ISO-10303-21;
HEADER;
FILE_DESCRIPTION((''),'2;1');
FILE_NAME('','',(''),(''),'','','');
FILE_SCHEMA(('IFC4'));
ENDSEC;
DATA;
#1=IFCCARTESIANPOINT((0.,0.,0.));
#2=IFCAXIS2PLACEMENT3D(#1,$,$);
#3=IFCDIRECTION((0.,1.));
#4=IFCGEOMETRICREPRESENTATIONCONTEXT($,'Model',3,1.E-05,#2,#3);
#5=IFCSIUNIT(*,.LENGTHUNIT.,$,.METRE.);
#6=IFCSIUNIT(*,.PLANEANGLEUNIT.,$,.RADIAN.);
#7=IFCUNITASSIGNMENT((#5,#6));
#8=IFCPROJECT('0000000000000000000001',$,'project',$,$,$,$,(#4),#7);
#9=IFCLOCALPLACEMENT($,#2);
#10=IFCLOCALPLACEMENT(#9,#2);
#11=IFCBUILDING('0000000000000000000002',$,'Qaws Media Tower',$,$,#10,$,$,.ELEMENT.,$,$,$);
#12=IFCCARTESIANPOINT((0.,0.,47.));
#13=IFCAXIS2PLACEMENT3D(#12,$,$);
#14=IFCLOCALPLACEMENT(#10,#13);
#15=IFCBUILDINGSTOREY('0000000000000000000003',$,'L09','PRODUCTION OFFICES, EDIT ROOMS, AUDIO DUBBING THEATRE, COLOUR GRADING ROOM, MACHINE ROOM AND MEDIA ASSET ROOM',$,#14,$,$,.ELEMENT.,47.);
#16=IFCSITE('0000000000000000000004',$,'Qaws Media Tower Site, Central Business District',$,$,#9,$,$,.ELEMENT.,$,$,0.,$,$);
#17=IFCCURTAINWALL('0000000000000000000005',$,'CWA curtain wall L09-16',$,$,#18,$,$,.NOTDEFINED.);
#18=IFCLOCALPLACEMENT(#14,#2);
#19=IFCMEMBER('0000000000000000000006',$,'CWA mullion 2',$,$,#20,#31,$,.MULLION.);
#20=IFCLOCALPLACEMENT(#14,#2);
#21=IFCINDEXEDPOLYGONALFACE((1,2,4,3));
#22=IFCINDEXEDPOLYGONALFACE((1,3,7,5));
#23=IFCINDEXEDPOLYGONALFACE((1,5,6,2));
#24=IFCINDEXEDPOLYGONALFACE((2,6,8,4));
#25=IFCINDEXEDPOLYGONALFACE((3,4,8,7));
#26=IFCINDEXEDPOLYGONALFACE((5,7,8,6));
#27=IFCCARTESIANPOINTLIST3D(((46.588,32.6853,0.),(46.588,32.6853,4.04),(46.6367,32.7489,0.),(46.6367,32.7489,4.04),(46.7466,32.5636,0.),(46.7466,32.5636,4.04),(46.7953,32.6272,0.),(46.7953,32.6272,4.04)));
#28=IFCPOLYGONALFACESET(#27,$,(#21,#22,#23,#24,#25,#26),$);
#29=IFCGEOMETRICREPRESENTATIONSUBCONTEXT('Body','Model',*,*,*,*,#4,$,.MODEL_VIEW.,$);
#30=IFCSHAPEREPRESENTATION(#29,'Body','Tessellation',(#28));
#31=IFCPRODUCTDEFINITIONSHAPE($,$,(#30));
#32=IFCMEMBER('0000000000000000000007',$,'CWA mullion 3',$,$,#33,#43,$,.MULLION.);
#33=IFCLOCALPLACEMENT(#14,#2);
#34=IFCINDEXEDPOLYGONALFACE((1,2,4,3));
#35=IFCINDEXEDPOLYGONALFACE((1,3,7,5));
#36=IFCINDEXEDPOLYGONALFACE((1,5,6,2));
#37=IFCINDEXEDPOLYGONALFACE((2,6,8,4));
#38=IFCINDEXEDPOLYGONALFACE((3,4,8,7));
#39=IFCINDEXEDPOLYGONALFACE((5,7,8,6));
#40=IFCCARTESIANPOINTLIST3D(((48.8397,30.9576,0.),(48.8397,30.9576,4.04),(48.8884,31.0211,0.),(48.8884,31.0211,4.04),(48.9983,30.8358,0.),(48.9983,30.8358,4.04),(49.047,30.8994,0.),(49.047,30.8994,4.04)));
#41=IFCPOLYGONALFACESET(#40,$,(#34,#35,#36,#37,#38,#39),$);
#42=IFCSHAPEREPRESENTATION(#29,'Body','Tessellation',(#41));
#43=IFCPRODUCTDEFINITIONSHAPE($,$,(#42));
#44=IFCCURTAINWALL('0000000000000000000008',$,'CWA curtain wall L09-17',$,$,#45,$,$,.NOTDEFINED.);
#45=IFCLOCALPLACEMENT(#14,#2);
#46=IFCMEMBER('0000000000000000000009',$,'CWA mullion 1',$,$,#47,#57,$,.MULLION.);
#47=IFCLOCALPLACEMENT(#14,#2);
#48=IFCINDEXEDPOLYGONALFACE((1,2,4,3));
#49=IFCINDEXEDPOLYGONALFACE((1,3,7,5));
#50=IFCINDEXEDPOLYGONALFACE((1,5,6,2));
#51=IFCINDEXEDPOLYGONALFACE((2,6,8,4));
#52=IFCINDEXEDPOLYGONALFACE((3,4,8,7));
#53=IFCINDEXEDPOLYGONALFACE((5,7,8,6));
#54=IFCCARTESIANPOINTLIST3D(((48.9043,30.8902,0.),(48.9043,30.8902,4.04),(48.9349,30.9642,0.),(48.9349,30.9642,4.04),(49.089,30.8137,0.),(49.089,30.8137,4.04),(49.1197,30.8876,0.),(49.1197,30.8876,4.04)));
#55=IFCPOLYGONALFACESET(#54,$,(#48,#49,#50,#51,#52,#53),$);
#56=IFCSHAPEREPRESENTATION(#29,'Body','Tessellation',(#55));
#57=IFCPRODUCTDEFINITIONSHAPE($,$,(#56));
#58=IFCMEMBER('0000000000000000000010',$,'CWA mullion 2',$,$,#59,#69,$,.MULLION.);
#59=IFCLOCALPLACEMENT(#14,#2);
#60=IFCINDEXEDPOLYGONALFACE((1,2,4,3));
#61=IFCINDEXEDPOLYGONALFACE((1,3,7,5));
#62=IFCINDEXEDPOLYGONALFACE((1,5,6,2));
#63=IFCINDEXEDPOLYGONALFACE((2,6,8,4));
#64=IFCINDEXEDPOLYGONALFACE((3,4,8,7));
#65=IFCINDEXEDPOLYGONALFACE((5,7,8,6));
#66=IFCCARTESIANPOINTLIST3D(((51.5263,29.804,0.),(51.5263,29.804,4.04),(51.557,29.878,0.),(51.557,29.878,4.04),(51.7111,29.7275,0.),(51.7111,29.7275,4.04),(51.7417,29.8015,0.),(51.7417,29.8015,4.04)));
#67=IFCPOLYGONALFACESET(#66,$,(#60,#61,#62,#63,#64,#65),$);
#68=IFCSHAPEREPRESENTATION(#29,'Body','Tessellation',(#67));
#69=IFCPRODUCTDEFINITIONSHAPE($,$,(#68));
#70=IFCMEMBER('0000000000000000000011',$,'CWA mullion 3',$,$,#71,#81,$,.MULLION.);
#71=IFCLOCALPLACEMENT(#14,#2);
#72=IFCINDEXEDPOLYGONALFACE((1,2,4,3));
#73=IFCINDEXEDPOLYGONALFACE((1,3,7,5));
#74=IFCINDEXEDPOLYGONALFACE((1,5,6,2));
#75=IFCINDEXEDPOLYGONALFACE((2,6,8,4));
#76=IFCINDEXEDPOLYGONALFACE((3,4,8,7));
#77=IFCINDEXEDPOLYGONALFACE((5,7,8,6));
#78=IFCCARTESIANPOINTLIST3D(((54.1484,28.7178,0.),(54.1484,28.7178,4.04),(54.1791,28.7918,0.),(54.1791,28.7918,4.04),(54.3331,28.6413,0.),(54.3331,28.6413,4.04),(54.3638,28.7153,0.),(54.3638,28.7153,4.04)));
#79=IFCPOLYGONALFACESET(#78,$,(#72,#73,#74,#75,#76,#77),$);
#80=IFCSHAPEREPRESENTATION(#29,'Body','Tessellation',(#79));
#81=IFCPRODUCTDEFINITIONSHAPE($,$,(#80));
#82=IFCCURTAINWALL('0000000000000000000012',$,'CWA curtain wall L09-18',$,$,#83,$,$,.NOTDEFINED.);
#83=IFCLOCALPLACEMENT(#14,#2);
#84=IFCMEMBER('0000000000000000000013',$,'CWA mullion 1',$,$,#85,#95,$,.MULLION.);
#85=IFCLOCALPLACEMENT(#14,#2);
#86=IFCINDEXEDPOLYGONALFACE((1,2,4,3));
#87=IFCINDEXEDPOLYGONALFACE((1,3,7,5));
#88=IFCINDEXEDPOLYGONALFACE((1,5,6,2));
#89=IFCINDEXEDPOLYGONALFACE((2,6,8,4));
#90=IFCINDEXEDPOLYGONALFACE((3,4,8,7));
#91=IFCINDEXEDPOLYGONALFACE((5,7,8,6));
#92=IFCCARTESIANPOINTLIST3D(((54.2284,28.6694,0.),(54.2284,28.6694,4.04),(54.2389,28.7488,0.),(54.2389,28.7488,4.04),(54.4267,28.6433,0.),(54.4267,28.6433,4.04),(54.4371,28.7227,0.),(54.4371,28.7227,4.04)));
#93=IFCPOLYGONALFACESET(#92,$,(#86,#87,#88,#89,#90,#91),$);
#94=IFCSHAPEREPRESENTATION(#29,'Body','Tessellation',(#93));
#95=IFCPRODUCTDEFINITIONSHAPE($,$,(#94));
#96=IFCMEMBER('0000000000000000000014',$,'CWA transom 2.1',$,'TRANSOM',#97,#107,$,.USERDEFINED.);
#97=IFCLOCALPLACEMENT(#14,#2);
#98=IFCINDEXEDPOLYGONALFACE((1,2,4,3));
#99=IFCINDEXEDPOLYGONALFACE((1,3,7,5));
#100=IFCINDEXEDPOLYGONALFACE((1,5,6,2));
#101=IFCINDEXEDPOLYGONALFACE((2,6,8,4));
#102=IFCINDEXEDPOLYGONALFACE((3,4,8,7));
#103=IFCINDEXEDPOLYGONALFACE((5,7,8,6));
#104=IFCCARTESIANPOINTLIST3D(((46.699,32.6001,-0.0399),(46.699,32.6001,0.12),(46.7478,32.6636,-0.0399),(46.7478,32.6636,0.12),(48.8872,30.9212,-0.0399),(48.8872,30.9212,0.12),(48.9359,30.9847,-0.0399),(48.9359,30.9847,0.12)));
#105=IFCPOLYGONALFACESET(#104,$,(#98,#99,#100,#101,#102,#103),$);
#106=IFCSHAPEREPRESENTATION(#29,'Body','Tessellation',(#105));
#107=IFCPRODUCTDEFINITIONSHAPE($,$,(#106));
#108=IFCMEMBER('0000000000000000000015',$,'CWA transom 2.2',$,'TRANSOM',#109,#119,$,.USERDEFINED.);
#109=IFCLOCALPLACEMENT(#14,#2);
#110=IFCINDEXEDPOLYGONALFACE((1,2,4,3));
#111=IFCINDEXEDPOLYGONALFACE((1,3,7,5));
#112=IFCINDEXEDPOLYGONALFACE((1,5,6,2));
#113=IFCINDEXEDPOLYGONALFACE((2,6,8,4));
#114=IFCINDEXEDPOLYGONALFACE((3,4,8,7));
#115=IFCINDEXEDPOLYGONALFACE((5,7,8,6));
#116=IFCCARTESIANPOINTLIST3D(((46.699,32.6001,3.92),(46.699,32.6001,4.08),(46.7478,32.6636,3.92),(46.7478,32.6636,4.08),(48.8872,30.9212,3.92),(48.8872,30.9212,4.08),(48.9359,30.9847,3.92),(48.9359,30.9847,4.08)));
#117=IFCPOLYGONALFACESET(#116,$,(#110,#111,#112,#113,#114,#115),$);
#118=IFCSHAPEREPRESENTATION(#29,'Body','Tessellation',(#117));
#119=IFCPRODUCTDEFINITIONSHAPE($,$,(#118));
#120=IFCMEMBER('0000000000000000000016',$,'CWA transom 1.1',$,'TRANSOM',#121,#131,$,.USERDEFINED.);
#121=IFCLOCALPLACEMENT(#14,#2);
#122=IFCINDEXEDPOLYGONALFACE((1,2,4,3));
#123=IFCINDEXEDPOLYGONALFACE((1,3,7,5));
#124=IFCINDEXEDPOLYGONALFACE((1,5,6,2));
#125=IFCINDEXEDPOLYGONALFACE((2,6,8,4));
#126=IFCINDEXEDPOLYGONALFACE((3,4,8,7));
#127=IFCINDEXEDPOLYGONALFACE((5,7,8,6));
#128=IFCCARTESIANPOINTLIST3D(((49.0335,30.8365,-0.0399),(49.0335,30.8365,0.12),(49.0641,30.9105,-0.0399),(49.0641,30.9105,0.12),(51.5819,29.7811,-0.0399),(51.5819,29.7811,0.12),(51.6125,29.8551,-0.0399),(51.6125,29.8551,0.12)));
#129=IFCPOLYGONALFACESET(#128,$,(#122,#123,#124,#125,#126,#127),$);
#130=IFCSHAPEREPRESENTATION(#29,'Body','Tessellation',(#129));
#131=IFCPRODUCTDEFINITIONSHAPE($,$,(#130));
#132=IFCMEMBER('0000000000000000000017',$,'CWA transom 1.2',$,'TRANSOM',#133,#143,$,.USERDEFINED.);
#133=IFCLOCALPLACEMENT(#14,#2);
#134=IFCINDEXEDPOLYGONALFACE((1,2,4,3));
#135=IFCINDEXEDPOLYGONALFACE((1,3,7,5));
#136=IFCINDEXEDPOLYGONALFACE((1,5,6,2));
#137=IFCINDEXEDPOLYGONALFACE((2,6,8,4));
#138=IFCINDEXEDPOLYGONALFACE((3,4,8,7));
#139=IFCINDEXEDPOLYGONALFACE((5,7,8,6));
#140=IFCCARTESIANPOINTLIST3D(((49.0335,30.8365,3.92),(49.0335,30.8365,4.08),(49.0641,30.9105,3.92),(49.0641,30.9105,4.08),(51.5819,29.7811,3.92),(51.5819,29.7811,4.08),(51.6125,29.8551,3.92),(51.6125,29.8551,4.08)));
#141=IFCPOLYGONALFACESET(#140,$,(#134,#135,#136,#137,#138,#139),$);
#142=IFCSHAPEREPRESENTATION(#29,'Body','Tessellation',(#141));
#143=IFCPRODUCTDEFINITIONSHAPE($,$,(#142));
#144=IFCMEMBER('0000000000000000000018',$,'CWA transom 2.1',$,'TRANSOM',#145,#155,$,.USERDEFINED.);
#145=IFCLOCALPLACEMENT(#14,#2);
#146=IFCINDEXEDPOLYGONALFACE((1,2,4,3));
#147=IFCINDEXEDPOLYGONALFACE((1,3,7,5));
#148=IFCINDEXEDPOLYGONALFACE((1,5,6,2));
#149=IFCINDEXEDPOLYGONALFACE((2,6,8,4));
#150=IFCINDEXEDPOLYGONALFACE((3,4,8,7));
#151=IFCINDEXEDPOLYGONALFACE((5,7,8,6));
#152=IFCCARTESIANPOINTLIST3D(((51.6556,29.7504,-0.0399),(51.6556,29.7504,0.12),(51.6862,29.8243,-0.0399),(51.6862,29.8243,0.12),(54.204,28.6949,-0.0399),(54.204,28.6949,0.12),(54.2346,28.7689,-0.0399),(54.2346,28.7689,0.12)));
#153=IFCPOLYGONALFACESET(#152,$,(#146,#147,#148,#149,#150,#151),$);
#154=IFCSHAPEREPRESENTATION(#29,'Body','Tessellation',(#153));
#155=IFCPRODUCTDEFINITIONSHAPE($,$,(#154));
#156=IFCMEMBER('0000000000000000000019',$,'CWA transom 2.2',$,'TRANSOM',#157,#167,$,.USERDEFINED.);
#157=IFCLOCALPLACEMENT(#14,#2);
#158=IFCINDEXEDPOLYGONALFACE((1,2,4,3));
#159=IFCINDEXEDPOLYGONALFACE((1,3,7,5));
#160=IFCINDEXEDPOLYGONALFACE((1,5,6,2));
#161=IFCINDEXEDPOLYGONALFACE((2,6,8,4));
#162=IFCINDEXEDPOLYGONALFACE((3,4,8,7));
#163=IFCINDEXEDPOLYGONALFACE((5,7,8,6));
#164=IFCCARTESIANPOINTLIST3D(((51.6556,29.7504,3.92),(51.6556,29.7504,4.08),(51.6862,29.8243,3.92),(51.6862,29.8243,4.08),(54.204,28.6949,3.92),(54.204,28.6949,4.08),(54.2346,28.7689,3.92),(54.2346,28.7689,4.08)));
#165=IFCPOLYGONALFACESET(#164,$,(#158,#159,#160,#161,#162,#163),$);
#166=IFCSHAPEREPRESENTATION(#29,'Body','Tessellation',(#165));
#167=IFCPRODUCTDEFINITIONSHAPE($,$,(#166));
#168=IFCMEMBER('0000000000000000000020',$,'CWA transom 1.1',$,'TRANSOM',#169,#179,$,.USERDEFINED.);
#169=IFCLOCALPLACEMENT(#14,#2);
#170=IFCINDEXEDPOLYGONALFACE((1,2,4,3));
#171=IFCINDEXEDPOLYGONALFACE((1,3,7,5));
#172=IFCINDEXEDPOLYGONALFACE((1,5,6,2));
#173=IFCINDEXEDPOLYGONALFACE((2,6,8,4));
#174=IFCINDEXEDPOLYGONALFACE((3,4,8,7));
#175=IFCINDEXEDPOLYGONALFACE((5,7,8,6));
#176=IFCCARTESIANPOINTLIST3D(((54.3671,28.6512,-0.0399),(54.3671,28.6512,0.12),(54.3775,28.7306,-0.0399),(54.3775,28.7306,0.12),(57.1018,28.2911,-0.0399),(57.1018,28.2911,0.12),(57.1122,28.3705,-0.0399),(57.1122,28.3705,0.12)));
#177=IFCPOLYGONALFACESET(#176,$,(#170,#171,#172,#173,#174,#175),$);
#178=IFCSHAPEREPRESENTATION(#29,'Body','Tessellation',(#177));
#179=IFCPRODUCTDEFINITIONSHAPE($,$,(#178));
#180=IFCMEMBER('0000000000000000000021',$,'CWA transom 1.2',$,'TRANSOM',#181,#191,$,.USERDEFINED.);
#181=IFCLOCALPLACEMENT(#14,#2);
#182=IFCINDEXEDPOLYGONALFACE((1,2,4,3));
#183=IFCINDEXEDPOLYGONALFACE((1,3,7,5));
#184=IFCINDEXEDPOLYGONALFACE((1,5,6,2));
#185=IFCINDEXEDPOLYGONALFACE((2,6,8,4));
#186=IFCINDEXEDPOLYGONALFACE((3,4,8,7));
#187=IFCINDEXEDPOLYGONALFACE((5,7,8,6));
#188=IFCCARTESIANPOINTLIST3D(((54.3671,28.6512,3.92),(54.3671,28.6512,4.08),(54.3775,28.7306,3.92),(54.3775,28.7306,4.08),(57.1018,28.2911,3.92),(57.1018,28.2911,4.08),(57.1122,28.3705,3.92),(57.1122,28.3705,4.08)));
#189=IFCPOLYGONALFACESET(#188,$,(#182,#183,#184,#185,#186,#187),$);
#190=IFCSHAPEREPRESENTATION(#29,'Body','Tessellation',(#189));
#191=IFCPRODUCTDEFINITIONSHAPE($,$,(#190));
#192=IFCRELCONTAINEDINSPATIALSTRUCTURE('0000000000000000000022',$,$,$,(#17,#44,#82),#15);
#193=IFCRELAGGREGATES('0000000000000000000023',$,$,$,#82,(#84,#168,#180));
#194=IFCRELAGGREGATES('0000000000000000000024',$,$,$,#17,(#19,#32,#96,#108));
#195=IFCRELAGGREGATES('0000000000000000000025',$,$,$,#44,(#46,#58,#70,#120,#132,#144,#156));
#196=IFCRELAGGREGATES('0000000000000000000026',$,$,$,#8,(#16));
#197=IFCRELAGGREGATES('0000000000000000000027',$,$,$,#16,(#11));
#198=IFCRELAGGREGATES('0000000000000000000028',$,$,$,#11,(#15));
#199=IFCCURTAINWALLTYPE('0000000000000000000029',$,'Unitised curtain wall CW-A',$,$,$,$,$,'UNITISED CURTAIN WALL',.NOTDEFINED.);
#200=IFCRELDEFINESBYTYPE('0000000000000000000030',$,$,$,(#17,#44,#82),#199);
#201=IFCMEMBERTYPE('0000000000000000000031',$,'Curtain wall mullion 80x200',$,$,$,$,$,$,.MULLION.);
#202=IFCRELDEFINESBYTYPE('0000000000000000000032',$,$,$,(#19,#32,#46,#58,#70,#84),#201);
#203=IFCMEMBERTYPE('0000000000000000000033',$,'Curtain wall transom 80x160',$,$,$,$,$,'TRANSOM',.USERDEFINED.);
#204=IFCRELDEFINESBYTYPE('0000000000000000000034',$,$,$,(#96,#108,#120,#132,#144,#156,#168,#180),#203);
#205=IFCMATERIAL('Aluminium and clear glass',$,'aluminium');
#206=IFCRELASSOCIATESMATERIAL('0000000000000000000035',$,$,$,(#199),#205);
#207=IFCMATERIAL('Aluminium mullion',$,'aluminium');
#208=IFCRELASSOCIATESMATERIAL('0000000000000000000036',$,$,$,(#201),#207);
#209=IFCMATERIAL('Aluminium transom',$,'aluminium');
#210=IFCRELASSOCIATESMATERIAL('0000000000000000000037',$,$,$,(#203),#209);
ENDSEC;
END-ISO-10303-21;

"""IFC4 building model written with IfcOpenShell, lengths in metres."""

from ifc_helpers import new_model, si_unit, direction, frame, origin, origin_2d, place, context, subcontext, project, spatial, rectangle, extrude, material, material_profile, profile_set, type_object, element, aggregate, save


model = new_model("IFC4")

# Units and contexts
model_context = context("Model", 3, precision=1e-05, world=origin(), true_north=direction((0.0, 1.0)))
body_context = subcontext(model_context, "Body", "Model", "MODEL_VIEW")
ifc_project = project(units=[si_unit("LENGTHUNIT", "METRE"), si_unit("PLANEANGLEUNIT", "RADIAN")], contexts=[model_context])

# Site, building, storey
site_placement = place(None, origin())
site = spatial("IfcSite", under=ifc_project, at=site_placement, Name="Qaws Media Tower Site, Central Business District", CompositionType="ELEMENT", RefElevation=0.0)
building_placement = place(site_placement, origin())
building = spatial("IfcBuilding", under=site, at=building_placement, Name="Qaws Media Tower", CompositionType="ELEMENT")
storey_placement = place(building_placement, frame((0.0, 0.0, 47.0)))
storey = spatial("IfcBuildingStorey", under=building, at=storey_placement, Name="L09", Description="PRODUCTION OFFICES, EDIT ROOMS, AUDIO DUBBING THEATRE, COLOUR GRADING ROOM, MACHINE ROOM AND MEDIA ASSET ROOM", CompositionType="ELEMENT", Elevation=47.0)

# Curtain walls, members
ifc_material_1 = material(Name="Aluminium and clear glass", Category="aluminium")
curtain_wall_type = type_object("IfcCurtainWallType", Name="Unitised curtain wall CW-A", ElementType="UNITISED CURTAIN WALL", PredefinedType="NOTDEFINED", material=ifc_material_1)
curtain_wall_1_placement = place(storey_placement, origin())
curtain_wall_1 = element("IfcCurtainWall", 1, at=curtain_wall_1_placement, inside=storey, type_object=curtain_wall_type, Name="CWA curtain wall L09-16", PredefinedType="NOTDEFINED")
ifc_material_2 = material(Name="Aluminium mullion", Category="aluminium")
ifc_material_profile_1 = material_profile(ifc_material_2, rectangle(XDim=0.0801, YDim=0.2, at=origin_2d()), Name="80x200")
ifc_profile_set_1 = profile_set([ifc_material_profile_1], Name="Aluminium mullion")
member_type_1 = type_object("IfcMemberType", Name="Curtain wall mullion 80x200", PredefinedType="MULLION", material=ifc_profile_set_1)
member_1_placement = place(storey_placement, frame((46.6917, 32.6562, 0.0), z_axis=(0.0, 0.0, 1.0), x_axis=(0.608761, 0.793353, 0.0)))
member_1 = element("IfcMember", 2, at=member_1_placement, type_object=member_type_1, Name="CWA mullion 2", PredefinedType="MULLION", context=body_context, shape_type="SweptSolid", body=[
    extrude(rectangle(XDim=0.0801, YDim=0.2, at=origin_2d()), origin(), (0.0, 0.0, 1.0), 4.04),
])
member_2_placement = place(storey_placement, frame((48.9434, 30.9285, 0.0), z_axis=(0.0, 0.0, 1.0), x_axis=(0.608761, 0.793353, 0.0)))
member_2 = element("IfcMember", 3, at=member_2_placement, type_object=member_type_1, Name="CWA mullion 3", PredefinedType="MULLION", context=body_context, shape_type="SweptSolid", body=[
    extrude(rectangle(XDim=0.0801, YDim=0.2, at=origin_2d()), origin(), (0.0, 0.0, 1.0), 4.04),
])
curtain_wall_2_placement = place(storey_placement, origin())
curtain_wall_2 = element("IfcCurtainWall", 4, at=curtain_wall_2_placement, inside=storey, type_object=curtain_wall_type, Name="CWA curtain wall L09-17", PredefinedType="NOTDEFINED")
member_3_placement = place(storey_placement, frame((49.012, 30.8889, 0.0), z_axis=(0.0, 0.0, 1.0), x_axis=(0.382683, 0.92388, 0.0)))
member_3 = element("IfcMember", 5, at=member_3_placement, type_object=member_type_1, Name="CWA mullion 1", PredefinedType="MULLION", context=body_context, shape_type="SweptSolid", body=[
    extrude(rectangle(XDim=0.0801, YDim=0.2, at=origin_2d()), origin(), (0.0, 0.0, 1.0), 4.04),
])
member_4_placement = place(storey_placement, frame((51.634, 29.8027, 0.0), z_axis=(0.0, 0.0, 1.0), x_axis=(0.382683, 0.92388, 0.0)))
member_4 = element("IfcMember", 6, at=member_4_placement, type_object=member_type_1, Name="CWA mullion 2", PredefinedType="MULLION", context=body_context, shape_type="SweptSolid", body=[
    extrude(rectangle(XDim=0.0801, YDim=0.2, at=origin_2d()), origin(), (0.0, 0.0, 1.0), 4.04),
])
member_5_placement = place(storey_placement, frame((54.2561, 28.7166, 0.0), z_axis=(0.0, 0.0, 1.0), x_axis=(0.382683, 0.92388, 0.0)))
member_5 = element("IfcMember", 7, at=member_5_placement, type_object=member_type_1, Name="CWA mullion 3", PredefinedType="MULLION", context=body_context, shape_type="SweptSolid", body=[
    extrude(rectangle(XDim=0.0801, YDim=0.2, at=origin_2d()), origin(), (0.0, 0.0, 1.0), 4.04),
])

# Curtain wall, member
curtain_wall_3_placement = place(storey_placement, origin())
curtain_wall_3 = element("IfcCurtainWall", 8, at=curtain_wall_3_placement, inside=storey, type_object=curtain_wall_type, Name="CWA curtain wall L09-18", PredefinedType="NOTDEFINED")
member_6_placement = place(storey_placement, frame((54.3328, 28.696, 0.0), z_axis=(0.0, 0.0, 1.0), x_axis=(0.130526, 0.991445, 0.0)))
member_6 = element("IfcMember", 9, at=member_6_placement, type_object=member_type_1, Name="CWA mullion 1", PredefinedType="MULLION", context=body_context, shape_type="SweptSolid", body=[
    extrude(rectangle(XDim=0.0801, YDim=0.2, at=origin_2d()), origin(), (0.0, 0.0, 1.0), 4.04),
])

# Members
ifc_material_3 = material(Name="Aluminium transom", Category="aluminium")
ifc_material_profile_2 = material_profile(ifc_material_3, rectangle(XDim=0.0801, YDim=0.1599, at=origin_2d()), Name="80x160")
ifc_profile_set_2 = profile_set([ifc_material_profile_2], Name="Aluminium transom")
member_type_2 = type_object("IfcMemberType", Name="Curtain wall transom 80x160", ElementType="TRANSOM", PredefinedType="USERDEFINED", material=ifc_profile_set_2)
member_7_placement = place(storey_placement, frame((46.7234, 32.6318, 0.04), z_axis=(0.793377, -0.608731, 0.0), x_axis=(0.608731, 0.793377, 0.0)))
member_7 = element("IfcMember", 10, at=member_7_placement, type_object=member_type_2, Name="CWA transom 2.1", ObjectType="TRANSOM", PredefinedType="USERDEFINED", context=body_context, shape_type="SweptSolid", body=[
    extrude(rectangle(XDim=0.0801, YDim=0.1599, at=origin_2d()), origin(), (0.0, 0.0, 1.0), 2.7581),
])
member_8_placement = place(storey_placement, frame((46.7234, 32.6318, 4.0), z_axis=(0.793377, -0.608731, 0.0), x_axis=(0.608731, 0.793377, 0.0)))
member_8 = element("IfcMember", 11, at=member_8_placement, type_object=member_type_2, Name="CWA transom 2.2", ObjectType="TRANSOM", PredefinedType="USERDEFINED", context=body_context, shape_type="SweptSolid", body=[
    extrude(rectangle(XDim=0.0801, YDim=0.1599, at=origin_2d()), origin(), (0.0, 0.0, 1.0), 2.7581),
])
member_9_placement = place(storey_placement, frame((49.0488, 30.8735, 0.04), z_axis=(0.923897, -0.382641, 0.0), x_axis=(0.382641, 0.923897, 0.0)))
member_9 = element("IfcMember", 12, at=member_9_placement, type_object=member_type_2, Name="CWA transom 1.1", ObjectType="TRANSOM", PredefinedType="USERDEFINED", context=body_context, shape_type="SweptSolid", body=[
    extrude(rectangle(XDim=0.0801, YDim=0.1599, at=origin_2d()), origin(), (0.0, 0.0, 1.0), 2.7583),
])
member_10_placement = place(storey_placement, frame((49.0488, 30.8735, 4.0), z_axis=(0.923897, -0.382641, 0.0), x_axis=(0.382641, 0.923897, 0.0)))
member_10 = element("IfcMember", 13, at=member_10_placement, type_object=member_type_2, Name="CWA transom 1.2", ObjectType="TRANSOM", PredefinedType="USERDEFINED", context=body_context, shape_type="SweptSolid", body=[
    extrude(rectangle(XDim=0.0801, YDim=0.1599, at=origin_2d()), origin(), (0.0, 0.0, 1.0), 2.7583),
])
member_11_placement = place(storey_placement, frame((51.6709, 29.7874, 0.04), z_axis=(0.923897, -0.382641, 0.0), x_axis=(0.382641, 0.923897, 0.0)))
member_11 = element("IfcMember", 14, at=member_11_placement, type_object=member_type_2, Name="CWA transom 2.1", ObjectType="TRANSOM", PredefinedType="USERDEFINED", context=body_context, shape_type="SweptSolid", body=[
    extrude(rectangle(XDim=0.0801, YDim=0.1599, at=origin_2d()), origin(), (0.0, 0.0, 1.0), 2.7583),
])
member_12_placement = place(storey_placement, frame((51.6709, 29.7874, 4.0), z_axis=(0.923897, -0.382641, 0.0), x_axis=(0.382641, 0.923897, 0.0)))
member_12 = element("IfcMember", 15, at=member_12_placement, type_object=member_type_2, Name="CWA transom 2.2", ObjectType="TRANSOM", PredefinedType="USERDEFINED", context=body_context, shape_type="SweptSolid", body=[
    extrude(rectangle(XDim=0.0801, YDim=0.1599, at=origin_2d()), origin(), (0.0, 0.0, 1.0), 2.7583),
])
member_13_placement = place(storey_placement, frame((54.3723, 28.6909, 0.04), z_axis=(0.991441, -0.130558, 0.0), x_axis=(0.130558, 0.991441, 0.0)))
member_13 = element("IfcMember", 16, at=member_13_placement, type_object=member_type_2, Name="CWA transom 1.1", ObjectType="TRANSOM", PredefinedType="USERDEFINED", context=body_context, shape_type="SweptSolid", body=[
    extrude(rectangle(XDim=0.0801, YDim=0.1599, at=origin_2d()), origin(), (0.0, 0.0, 1.0), 2.7583),
])
member_14_placement = place(storey_placement, frame((54.3723, 28.6909, 4.0), z_axis=(0.991441, -0.130558, 0.0), x_axis=(0.130558, 0.991441, 0.0)))
member_14 = element("IfcMember", 17, at=member_14_placement, type_object=member_type_2, Name="CWA transom 1.2", ObjectType="TRANSOM", PredefinedType="USERDEFINED", context=body_context, shape_type="SweptSolid", body=[
    extrude(rectangle(XDim=0.0801, YDim=0.1599, at=origin_2d()), origin(), (0.0, 0.0, 1.0), 2.7583),
])
aggregate(curtain_wall_3, [member_6, member_13, member_14])

aggregate(curtain_wall_1, [member_1, member_2, member_7, member_8])
aggregate(curtain_wall_2, [member_3, member_4, member_5, member_9, member_10, member_11, member_12])

save(model, "model.ifc")
